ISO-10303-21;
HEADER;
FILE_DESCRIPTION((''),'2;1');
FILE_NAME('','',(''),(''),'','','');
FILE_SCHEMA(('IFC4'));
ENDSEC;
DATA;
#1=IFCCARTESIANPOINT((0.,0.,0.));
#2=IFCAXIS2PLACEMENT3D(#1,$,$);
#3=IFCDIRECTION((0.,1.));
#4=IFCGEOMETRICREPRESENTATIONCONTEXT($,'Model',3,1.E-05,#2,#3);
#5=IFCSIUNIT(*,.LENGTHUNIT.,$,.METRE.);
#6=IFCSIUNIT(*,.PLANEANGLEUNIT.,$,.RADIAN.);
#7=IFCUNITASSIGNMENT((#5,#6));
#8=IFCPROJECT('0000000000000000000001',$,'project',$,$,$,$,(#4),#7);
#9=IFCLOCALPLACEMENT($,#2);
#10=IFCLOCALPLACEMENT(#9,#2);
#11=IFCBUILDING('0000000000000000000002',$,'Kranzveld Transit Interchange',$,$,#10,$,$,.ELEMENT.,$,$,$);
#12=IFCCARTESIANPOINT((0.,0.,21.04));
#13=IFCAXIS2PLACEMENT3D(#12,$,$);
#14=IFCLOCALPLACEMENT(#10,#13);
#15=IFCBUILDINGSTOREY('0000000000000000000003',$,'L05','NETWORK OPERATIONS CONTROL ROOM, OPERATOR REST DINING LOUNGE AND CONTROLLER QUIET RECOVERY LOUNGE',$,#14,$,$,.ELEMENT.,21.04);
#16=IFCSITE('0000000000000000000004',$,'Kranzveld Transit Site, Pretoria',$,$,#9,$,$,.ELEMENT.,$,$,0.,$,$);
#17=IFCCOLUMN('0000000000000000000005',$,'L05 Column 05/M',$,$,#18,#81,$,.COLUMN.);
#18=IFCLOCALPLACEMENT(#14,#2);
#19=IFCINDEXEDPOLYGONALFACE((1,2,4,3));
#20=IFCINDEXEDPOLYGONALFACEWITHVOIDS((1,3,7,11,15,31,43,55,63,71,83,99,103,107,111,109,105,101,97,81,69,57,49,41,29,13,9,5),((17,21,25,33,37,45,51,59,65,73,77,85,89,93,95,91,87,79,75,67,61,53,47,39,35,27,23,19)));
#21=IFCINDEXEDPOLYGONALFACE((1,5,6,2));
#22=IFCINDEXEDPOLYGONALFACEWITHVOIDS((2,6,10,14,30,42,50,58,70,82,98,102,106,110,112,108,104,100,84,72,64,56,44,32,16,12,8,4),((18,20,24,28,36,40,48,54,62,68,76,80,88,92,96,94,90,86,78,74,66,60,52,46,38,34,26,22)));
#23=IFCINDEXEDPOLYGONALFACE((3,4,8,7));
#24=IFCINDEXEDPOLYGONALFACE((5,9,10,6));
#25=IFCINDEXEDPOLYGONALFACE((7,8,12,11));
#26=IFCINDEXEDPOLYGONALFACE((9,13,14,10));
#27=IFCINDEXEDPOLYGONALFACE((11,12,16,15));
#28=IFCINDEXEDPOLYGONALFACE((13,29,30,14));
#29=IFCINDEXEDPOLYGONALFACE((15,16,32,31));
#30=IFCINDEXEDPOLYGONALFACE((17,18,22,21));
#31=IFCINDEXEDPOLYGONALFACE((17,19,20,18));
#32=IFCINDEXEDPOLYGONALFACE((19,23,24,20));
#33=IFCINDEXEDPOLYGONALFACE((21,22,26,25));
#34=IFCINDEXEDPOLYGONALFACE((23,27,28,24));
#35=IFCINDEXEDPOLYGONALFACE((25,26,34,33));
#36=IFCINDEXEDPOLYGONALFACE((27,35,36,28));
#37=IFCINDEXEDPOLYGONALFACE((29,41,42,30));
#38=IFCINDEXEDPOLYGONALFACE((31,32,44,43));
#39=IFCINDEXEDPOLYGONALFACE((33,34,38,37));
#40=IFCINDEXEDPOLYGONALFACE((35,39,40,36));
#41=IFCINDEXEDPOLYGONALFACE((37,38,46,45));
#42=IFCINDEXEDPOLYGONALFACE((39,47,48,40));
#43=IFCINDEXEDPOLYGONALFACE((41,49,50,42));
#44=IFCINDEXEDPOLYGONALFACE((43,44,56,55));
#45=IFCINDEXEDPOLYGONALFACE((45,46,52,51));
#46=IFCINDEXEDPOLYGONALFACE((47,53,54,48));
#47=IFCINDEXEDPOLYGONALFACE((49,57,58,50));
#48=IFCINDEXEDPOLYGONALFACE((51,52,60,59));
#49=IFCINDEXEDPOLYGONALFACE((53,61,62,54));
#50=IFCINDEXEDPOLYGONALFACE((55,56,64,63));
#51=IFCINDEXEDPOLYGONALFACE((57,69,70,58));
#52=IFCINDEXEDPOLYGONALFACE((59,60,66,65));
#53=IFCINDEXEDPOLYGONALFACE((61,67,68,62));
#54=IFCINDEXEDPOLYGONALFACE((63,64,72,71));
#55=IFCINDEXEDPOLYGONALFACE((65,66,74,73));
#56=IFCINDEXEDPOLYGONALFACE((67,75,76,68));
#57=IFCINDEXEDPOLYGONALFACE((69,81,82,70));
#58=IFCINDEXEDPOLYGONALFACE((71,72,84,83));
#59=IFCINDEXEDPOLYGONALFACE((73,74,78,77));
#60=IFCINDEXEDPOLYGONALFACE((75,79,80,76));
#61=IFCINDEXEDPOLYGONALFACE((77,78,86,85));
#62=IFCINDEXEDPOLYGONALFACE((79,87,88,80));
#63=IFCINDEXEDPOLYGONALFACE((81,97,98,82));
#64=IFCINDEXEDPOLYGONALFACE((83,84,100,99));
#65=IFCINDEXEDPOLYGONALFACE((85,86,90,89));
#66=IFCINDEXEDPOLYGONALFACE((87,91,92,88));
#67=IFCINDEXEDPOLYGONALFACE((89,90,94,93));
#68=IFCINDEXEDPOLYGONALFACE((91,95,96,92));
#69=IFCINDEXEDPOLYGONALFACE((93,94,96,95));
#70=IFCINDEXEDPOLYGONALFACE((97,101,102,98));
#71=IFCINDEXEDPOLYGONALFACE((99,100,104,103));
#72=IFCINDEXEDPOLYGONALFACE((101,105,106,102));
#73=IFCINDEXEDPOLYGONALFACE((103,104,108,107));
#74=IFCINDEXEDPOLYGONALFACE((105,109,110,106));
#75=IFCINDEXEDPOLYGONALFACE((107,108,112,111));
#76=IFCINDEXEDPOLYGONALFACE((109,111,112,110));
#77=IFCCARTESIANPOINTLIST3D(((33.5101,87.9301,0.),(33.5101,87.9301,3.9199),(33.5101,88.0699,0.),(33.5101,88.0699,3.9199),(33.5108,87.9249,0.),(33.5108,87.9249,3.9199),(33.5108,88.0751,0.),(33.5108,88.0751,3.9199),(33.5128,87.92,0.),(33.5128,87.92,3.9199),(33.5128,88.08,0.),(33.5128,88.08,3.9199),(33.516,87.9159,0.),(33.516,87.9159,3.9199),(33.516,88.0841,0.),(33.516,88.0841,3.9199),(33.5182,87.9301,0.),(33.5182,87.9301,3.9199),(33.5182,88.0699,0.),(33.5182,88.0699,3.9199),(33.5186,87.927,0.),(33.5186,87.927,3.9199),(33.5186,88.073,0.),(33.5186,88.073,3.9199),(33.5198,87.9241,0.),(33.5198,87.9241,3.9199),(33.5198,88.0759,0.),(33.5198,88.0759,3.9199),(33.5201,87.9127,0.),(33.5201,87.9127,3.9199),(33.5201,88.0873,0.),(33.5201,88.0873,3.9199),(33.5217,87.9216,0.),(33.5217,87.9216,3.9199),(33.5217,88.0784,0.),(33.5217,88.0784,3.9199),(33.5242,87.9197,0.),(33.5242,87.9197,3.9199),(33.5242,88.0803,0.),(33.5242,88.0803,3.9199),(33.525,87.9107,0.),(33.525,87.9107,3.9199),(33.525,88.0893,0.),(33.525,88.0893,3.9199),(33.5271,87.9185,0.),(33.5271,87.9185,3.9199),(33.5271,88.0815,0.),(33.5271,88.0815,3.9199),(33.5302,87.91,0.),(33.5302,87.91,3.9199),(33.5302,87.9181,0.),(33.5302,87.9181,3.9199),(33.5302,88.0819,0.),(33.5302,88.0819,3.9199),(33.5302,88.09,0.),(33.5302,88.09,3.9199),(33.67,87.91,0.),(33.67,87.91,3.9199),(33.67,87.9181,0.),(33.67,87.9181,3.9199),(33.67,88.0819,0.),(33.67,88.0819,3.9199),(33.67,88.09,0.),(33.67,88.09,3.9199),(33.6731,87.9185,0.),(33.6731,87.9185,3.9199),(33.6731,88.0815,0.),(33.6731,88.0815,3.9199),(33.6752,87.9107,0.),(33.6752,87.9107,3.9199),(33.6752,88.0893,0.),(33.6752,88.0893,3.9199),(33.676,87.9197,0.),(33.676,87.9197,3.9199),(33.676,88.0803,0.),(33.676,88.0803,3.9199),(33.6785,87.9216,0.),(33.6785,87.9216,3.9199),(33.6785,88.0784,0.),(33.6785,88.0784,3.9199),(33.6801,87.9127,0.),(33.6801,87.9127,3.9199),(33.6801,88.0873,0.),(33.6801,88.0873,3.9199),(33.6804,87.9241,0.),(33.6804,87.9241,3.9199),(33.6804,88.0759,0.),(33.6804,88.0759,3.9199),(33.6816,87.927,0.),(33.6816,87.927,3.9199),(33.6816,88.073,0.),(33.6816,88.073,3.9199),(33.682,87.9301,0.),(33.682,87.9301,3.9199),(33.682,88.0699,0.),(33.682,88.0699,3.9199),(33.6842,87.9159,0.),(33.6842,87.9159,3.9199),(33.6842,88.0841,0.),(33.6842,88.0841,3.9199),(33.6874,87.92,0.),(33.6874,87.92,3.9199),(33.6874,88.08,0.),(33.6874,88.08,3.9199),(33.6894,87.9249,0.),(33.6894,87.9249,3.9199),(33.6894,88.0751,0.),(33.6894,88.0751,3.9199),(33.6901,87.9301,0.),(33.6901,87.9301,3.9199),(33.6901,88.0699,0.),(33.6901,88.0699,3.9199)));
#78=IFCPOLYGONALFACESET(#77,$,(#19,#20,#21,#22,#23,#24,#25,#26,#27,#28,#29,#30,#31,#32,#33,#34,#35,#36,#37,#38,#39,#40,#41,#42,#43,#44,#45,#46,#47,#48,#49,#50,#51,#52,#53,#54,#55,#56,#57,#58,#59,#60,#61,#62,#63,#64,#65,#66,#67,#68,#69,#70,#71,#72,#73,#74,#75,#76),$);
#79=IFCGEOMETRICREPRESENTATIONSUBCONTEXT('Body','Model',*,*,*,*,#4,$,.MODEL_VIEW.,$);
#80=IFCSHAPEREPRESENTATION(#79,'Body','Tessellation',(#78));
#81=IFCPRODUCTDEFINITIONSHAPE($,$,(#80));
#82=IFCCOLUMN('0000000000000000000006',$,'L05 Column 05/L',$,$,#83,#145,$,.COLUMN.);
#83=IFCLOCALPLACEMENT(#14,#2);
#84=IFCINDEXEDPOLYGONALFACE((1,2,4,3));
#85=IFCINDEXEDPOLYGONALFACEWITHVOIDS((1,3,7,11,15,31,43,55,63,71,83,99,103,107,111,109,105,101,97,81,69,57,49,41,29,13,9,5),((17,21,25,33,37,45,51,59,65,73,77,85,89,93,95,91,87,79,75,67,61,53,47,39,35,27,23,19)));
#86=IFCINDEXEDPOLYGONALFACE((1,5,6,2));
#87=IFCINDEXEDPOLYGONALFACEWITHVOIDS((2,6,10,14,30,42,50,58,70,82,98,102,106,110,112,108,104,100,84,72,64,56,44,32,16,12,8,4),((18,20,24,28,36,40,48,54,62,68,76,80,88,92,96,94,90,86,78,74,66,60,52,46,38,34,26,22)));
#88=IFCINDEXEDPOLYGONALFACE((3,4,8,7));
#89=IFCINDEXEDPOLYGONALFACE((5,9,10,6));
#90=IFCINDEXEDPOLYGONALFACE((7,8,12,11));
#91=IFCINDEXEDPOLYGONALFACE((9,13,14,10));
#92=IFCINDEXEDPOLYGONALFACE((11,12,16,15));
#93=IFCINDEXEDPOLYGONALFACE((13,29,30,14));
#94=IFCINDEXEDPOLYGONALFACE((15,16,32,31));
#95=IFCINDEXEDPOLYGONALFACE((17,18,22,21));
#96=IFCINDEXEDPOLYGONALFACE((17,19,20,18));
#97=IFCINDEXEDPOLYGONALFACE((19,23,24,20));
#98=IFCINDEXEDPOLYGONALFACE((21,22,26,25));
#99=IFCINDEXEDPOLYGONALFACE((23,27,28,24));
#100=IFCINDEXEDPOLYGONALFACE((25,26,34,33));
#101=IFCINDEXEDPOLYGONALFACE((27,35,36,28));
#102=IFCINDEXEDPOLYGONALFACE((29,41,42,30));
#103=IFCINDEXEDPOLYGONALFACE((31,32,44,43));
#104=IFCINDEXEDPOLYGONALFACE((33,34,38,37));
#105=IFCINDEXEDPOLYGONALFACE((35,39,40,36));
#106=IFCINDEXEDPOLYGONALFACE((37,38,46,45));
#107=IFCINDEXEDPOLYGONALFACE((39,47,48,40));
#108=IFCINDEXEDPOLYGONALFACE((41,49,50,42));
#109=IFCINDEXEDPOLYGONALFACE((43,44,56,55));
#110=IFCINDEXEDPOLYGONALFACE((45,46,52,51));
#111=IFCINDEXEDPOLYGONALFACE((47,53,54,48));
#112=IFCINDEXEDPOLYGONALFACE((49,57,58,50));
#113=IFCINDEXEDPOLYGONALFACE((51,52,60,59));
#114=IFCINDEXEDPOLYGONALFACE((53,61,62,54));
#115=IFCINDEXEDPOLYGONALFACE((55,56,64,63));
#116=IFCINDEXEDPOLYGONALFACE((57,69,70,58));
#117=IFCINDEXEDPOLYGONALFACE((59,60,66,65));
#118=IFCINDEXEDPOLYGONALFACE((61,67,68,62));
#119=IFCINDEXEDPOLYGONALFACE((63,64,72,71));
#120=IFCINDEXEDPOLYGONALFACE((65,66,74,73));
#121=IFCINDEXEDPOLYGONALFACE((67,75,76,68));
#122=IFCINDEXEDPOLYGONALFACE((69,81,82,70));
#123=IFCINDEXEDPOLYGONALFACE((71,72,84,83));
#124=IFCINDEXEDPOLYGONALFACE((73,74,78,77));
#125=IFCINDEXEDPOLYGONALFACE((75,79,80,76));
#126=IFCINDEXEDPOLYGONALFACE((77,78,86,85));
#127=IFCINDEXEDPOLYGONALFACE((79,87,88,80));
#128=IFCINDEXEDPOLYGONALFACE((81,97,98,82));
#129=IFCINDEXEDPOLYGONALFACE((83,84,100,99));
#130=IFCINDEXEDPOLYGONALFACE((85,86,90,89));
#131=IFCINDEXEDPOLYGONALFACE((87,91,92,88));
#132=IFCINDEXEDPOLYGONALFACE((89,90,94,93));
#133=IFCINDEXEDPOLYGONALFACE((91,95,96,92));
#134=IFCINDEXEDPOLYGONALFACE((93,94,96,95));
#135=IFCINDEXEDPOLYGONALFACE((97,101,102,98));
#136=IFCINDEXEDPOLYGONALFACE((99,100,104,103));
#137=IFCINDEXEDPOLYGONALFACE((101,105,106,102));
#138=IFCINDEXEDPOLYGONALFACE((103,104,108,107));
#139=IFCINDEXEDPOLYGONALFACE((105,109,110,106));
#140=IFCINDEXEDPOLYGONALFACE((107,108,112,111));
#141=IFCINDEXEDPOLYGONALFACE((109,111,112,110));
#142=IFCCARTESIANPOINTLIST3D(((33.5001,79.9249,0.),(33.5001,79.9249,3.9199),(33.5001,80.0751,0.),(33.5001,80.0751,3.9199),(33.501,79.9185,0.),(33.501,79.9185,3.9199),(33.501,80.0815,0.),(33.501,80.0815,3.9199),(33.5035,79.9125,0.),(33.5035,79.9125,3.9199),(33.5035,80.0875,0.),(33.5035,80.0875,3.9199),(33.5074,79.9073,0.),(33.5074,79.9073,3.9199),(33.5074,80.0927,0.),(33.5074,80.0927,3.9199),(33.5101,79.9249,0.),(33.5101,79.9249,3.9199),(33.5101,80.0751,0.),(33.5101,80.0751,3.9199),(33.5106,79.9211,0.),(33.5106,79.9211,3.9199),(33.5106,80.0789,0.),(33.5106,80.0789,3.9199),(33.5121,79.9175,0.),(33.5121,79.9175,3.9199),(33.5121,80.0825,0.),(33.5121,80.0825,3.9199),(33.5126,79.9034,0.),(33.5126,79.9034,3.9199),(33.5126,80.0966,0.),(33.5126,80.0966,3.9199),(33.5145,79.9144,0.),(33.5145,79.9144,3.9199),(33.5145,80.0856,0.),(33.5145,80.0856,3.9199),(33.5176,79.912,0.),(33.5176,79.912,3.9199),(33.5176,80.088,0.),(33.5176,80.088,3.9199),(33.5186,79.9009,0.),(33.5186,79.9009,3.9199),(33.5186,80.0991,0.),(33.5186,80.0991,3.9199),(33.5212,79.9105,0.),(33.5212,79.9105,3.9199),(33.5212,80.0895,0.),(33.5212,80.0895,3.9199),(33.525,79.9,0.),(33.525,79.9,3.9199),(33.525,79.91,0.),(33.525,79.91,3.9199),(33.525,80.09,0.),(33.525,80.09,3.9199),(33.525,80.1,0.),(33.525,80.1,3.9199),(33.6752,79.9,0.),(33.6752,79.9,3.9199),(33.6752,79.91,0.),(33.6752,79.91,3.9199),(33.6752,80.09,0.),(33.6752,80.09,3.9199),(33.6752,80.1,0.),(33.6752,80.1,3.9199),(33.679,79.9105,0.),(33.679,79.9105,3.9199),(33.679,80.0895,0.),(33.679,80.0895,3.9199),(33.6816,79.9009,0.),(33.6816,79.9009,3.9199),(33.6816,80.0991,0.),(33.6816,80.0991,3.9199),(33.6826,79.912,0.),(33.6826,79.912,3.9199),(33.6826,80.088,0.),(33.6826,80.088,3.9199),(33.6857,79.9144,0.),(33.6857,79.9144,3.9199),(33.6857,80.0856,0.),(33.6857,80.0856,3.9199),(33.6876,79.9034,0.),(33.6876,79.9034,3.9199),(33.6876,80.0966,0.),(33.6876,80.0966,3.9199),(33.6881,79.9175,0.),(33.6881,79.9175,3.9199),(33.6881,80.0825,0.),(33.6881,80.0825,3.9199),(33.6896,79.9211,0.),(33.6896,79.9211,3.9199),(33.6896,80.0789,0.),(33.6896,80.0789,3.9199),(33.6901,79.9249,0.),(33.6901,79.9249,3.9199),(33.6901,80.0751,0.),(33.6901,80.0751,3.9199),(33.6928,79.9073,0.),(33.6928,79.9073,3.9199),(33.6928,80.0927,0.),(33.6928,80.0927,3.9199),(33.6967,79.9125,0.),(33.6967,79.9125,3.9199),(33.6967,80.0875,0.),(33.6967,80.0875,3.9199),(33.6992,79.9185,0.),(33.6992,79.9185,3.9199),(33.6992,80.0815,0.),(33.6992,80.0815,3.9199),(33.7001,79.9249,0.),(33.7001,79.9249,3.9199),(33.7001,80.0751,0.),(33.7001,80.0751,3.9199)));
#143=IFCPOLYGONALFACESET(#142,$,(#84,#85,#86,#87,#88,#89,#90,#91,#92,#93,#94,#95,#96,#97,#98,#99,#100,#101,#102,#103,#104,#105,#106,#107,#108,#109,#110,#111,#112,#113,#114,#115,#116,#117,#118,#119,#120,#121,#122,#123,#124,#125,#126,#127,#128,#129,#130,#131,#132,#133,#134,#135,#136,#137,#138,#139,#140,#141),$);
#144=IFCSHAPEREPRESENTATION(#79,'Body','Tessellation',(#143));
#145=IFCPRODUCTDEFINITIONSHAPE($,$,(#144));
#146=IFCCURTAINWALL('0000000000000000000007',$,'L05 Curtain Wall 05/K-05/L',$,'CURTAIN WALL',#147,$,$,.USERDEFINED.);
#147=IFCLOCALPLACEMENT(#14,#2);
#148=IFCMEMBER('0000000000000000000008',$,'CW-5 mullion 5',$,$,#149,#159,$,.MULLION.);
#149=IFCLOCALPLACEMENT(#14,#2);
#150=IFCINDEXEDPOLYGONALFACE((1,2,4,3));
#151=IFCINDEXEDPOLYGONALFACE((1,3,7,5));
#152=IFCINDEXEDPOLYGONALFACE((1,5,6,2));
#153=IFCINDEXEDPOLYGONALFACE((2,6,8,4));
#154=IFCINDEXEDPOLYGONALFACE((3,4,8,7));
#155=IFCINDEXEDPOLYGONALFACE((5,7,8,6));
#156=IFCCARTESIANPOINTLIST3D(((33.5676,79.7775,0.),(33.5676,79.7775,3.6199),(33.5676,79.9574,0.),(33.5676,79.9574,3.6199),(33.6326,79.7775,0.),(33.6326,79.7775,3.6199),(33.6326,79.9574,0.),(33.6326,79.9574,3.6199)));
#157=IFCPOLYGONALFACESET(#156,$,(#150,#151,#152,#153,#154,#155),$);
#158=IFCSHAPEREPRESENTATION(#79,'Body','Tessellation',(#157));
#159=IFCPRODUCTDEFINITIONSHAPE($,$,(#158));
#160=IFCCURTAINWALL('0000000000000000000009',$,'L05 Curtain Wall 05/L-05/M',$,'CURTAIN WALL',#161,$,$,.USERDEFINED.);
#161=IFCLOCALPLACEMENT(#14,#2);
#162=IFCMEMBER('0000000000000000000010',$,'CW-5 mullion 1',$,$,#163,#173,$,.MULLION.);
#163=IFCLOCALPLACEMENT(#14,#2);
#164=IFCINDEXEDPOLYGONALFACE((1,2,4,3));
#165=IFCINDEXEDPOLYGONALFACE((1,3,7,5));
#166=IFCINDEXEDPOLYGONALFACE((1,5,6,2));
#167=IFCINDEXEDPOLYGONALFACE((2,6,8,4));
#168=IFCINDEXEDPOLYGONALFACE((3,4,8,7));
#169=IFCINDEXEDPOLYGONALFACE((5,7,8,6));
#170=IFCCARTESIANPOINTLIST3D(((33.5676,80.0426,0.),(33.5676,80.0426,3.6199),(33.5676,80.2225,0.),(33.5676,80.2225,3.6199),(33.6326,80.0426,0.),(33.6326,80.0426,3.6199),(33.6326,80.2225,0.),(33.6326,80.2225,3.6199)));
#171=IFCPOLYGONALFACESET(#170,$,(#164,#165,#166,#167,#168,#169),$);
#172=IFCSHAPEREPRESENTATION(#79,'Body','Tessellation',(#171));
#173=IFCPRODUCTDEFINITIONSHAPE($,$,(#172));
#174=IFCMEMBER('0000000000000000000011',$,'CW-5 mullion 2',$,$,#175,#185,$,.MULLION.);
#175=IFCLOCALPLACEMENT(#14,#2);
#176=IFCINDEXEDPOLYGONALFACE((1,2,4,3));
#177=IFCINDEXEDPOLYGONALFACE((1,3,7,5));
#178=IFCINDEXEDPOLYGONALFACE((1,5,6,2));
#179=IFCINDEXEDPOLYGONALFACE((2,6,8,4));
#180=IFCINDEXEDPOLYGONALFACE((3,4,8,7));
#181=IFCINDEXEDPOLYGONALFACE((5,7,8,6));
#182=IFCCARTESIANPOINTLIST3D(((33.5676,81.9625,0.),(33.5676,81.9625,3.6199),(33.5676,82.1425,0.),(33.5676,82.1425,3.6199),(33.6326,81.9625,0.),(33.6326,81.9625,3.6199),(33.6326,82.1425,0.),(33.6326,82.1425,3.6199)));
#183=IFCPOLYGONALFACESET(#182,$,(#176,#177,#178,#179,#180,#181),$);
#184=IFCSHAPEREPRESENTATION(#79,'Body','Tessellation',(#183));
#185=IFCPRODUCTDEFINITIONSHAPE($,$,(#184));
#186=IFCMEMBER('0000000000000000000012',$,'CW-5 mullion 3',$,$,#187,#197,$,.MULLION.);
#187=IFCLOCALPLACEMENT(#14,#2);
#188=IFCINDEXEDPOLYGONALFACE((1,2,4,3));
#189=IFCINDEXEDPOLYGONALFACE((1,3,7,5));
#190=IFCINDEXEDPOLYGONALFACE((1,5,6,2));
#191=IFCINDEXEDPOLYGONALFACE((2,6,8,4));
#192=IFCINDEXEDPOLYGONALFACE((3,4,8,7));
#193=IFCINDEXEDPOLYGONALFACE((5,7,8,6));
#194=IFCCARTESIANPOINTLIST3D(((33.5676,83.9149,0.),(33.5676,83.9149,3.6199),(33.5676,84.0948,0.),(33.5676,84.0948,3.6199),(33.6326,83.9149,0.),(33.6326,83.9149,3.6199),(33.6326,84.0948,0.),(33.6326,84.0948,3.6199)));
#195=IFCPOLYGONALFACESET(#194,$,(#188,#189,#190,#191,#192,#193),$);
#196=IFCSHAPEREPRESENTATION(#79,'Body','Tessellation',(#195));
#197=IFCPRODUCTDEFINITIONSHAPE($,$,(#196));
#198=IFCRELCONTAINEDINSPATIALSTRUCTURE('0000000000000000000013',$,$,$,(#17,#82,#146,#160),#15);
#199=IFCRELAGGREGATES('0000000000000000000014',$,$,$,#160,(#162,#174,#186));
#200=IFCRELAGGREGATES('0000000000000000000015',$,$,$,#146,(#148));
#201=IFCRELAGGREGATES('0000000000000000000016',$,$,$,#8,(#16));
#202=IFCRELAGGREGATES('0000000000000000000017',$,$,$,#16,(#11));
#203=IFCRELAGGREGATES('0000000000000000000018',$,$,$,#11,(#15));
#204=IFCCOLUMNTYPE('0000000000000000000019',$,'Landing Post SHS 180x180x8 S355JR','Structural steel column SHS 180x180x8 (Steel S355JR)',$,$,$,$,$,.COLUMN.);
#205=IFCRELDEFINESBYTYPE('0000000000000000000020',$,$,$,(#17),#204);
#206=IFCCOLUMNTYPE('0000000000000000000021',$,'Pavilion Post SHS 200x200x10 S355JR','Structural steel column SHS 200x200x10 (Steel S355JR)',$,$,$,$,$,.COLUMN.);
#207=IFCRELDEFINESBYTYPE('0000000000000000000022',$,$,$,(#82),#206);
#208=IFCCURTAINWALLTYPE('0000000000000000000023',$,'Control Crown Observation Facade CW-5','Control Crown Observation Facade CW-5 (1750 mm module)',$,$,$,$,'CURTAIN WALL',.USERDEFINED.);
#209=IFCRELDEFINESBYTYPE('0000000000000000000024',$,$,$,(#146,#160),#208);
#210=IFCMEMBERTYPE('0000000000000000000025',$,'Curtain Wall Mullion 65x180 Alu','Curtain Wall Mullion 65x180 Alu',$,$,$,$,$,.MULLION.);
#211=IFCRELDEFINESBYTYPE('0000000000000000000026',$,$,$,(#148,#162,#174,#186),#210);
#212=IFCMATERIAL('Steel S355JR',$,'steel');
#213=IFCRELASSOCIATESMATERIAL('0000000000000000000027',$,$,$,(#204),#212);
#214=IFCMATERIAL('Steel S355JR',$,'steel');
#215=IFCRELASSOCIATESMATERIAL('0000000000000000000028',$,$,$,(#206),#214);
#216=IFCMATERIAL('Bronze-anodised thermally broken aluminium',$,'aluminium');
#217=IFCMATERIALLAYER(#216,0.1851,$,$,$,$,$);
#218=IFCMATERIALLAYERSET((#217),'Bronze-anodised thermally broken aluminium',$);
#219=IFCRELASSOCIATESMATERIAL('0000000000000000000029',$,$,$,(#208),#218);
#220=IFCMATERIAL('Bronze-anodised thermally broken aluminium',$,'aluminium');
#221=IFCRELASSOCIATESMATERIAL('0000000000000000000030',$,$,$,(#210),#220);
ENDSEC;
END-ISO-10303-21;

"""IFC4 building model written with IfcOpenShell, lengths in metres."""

from ifc_helpers import new_model, si_unit, direction, frame, origin, origin_2d, place, context, subcontext, project, spatial, rectangle, hollow_rectangle, extrude, material, layer, layer_set, material_profile, profile_set, type_object, element, aggregate, save


model = new_model("IFC4")

# Units and contexts
model_context = context("Model", 3, precision=1e-05, world=origin(), true_north=direction((0.0, 1.0)))
body_context = subcontext(model_context, "Body", "Model", "MODEL_VIEW")
ifc_project = project(units=[si_unit("LENGTHUNIT", "METRE"), si_unit("PLANEANGLEUNIT", "RADIAN")], contexts=[model_context])

# Site, building, storey
site_placement = place(None, origin())
site = spatial("IfcSite", under=ifc_project, at=site_placement, Name="Kranzveld Transit Site, Pretoria", CompositionType="ELEMENT", RefElevation=0.0)
building_placement = place(site_placement, origin())
building = spatial("IfcBuilding", under=site, at=building_placement, Name="Kranzveld Transit Interchange", CompositionType="ELEMENT")
storey_placement = place(building_placement, frame((0.0, 0.0, 21.04)))
storey = spatial("IfcBuildingStorey", under=building, at=storey_placement, Name="L05", Description="NETWORK OPERATIONS CONTROL ROOM, OPERATOR REST DINING LOUNGE AND CONTROLLER QUIET RECOVERY LOUNGE", CompositionType="ELEMENT", Elevation=21.04)

# Columns
ifc_material_1 = material(Name="Steel S355JR", Category="steel")
ifc_material_profile_1 = material_profile(ifc_material_1, hollow_rectangle(XDim=0.1799, YDim=0.1799, WallThickness=0.0081, InnerFilletRadius=0.012, OuterFilletRadius=0.02, at=origin_2d()), Name="SHS 180x180x8")
ifc_profile_set_1 = profile_set([ifc_material_profile_1], Name="Steel S355JR")
column_type_1 = type_object("IfcColumnType", Name="Landing Post SHS 180x180x8 S355JR", Description="Structural steel column SHS 180x180x8 (Steel S355JR)", PredefinedType="COLUMN", material=ifc_profile_set_1)
column_1_placement = place(storey_placement, frame((33.6001, 88.0, 0.0), z_axis=(0.0, 0.0, 1.0), x_axis=(1.0, 0.0, 0.0)))
element("IfcColumn", 1, at=column_1_placement, inside=storey, type_object=column_type_1, Name="L05 Column 05/M", PredefinedType="COLUMN", context=body_context, shape_type="SweptSolid", body=[
    extrude(hollow_rectangle(XDim=0.1799, YDim=0.1799, WallThickness=0.0081, InnerFilletRadius=0.012, OuterFilletRadius=0.02, at=origin_2d()), origin(), (0.0, 0.0, 1.0), 3.9199),
])
ifc_material_2 = material(Name="Steel S355JR", Category="steel")
ifc_material_profile_2 = material_profile(ifc_material_2, hollow_rectangle(XDim=0.2, YDim=0.2, WallThickness=0.01, InnerFilletRadius=0.0149, OuterFilletRadius=0.0249, at=origin_2d()), Name="SHS 200x200x10")
ifc_profile_set_2 = profile_set([ifc_material_profile_2], Name="Steel S355JR")
column_type_2 = type_object("IfcColumnType", Name="Pavilion Post SHS 200x200x10 S355JR", Description="Structural steel column SHS 200x200x10 (Steel S355JR)", PredefinedType="COLUMN", material=ifc_profile_set_2)
column_2_placement = place(storey_placement, frame((33.6001, 80.0, 0.0), z_axis=(0.0, 0.0, 1.0), x_axis=(1.0, 0.0, 0.0)))
element("IfcColumn", 2, at=column_2_placement, inside=storey, type_object=column_type_2, Name="L05 Column 05/L", PredefinedType="COLUMN", context=body_context, shape_type="SweptSolid", body=[
    extrude(hollow_rectangle(XDim=0.2, YDim=0.2, WallThickness=0.01, InnerFilletRadius=0.0149, OuterFilletRadius=0.0249, at=origin_2d()), origin(), (0.0, 0.0, 1.0), 3.9199),
])

# Curtain wall, member
ifc_material_3 = material(Name="Bronze-anodised thermally broken aluminium", Category="aluminium")
ifc_layer_1 = layer(ifc_material_3, 0.1851)
ifc_layer_set_1 = layer_set([ifc_layer_1], Name="Bronze-anodised thermally broken aluminium")
curtain_wall_type = type_object("IfcCurtainWallType", Name="Control Crown Observation Facade CW-5", Description="Control Crown Observation Facade CW-5 (1750 mm module)", ElementType="CURTAIN WALL", PredefinedType="USERDEFINED", material=ifc_layer_set_1)
curtain_wall_1_placement = place(storey_placement, origin())
curtain_wall_1 = element("IfcCurtainWall", 3, at=curtain_wall_1_placement, inside=storey, type_object=curtain_wall_type, Name="L05 Curtain Wall 05/K-05/L", ObjectType="CURTAIN WALL", PredefinedType="USERDEFINED")
ifc_material_4 = material(Name="Bronze-anodised thermally broken aluminium", Category="aluminium")
ifc_material_profile_3 = material_profile(ifc_material_4, rectangle(XDim=0.0649, YDim=0.1799, at=origin_2d()), Name="ALU MULLION 65x180")
ifc_profile_set_3 = profile_set([ifc_material_profile_3], Name="Bronze-anodised thermally broken aluminium")
member_type_1 = type_object("IfcMemberType", Name="Curtain Wall Mullion 65x180 Alu", Description="Curtain Wall Mullion 65x180 Alu", PredefinedType="MULLION", material=ifc_profile_set_3)
member_1_placement = place(storey_placement, frame((33.6001, 79.8674, 0.0), z_axis=(0.0, 0.0, 1.0), x_axis=(-1.0, 0.0, 0.0)))
member_1 = element("IfcMember", 4, at=member_1_placement, type_object=member_type_1, Name="CW-5 mullion 5", PredefinedType="MULLION", context=body_context, shape_type="SweptSolid", body=[
    extrude(rectangle(XDim=0.0649, YDim=0.1799, at=origin_2d()), origin(), (0.0, 0.0, 1.0), 3.6199),
])

# Curtain wall, members
curtain_wall_2_placement = place(storey_placement, origin())
curtain_wall_2 = element("IfcCurtainWall", 5, at=curtain_wall_2_placement, inside=storey, type_object=curtain_wall_type, Name="L05 Curtain Wall 05/L-05/M", ObjectType="CURTAIN WALL", PredefinedType="USERDEFINED")
member_2_placement = place(storey_placement, frame((33.6001, 80.1326, 0.0), z_axis=(0.0, 0.0, 1.0), x_axis=(-1.0, 0.0, 0.0)))
member_2 = element("IfcMember", 6, at=member_2_placement, type_object=member_type_1, Name="CW-5 mullion 1", PredefinedType="MULLION", context=body_context, shape_type="SweptSolid", body=[
    extrude(rectangle(XDim=0.0649, YDim=0.1799, at=origin_2d()), origin(), (0.0, 0.0, 1.0), 3.6199),
])
member_3_placement = place(storey_placement, frame((33.6001, 82.0525, 0.0), z_axis=(0.0, 0.0, 1.0), x_axis=(-1.0, 0.0, 0.0)))
member_3 = element("IfcMember", 7, at=member_3_placement, type_object=member_type_1, Name="CW-5 mullion 2", PredefinedType="MULLION", context=body_context, shape_type="SweptSolid", body=[
    extrude(rectangle(XDim=0.0649, YDim=0.1799, at=origin_2d()), origin(), (0.0, 0.0, 1.0), 3.6199),
])
member_4_placement = place(storey_placement, frame((33.6001, 84.0049, 0.0), z_axis=(0.0, 0.0, 1.0), x_axis=(-1.0, 0.0, 0.0)))
member_4 = element("IfcMember", 8, at=member_4_placement, type_object=member_type_1, Name="CW-5 mullion 3", PredefinedType="MULLION", context=body_context, shape_type="SweptSolid", body=[
    extrude(rectangle(XDim=0.0649, YDim=0.1799, at=origin_2d()), origin(), (0.0, 0.0, 1.0), 3.6199),
])
aggregate(curtain_wall_2, [member_2, member_3, member_4])

aggregate(curtain_wall_1, [member_1])

save(model, "model.ifc")
